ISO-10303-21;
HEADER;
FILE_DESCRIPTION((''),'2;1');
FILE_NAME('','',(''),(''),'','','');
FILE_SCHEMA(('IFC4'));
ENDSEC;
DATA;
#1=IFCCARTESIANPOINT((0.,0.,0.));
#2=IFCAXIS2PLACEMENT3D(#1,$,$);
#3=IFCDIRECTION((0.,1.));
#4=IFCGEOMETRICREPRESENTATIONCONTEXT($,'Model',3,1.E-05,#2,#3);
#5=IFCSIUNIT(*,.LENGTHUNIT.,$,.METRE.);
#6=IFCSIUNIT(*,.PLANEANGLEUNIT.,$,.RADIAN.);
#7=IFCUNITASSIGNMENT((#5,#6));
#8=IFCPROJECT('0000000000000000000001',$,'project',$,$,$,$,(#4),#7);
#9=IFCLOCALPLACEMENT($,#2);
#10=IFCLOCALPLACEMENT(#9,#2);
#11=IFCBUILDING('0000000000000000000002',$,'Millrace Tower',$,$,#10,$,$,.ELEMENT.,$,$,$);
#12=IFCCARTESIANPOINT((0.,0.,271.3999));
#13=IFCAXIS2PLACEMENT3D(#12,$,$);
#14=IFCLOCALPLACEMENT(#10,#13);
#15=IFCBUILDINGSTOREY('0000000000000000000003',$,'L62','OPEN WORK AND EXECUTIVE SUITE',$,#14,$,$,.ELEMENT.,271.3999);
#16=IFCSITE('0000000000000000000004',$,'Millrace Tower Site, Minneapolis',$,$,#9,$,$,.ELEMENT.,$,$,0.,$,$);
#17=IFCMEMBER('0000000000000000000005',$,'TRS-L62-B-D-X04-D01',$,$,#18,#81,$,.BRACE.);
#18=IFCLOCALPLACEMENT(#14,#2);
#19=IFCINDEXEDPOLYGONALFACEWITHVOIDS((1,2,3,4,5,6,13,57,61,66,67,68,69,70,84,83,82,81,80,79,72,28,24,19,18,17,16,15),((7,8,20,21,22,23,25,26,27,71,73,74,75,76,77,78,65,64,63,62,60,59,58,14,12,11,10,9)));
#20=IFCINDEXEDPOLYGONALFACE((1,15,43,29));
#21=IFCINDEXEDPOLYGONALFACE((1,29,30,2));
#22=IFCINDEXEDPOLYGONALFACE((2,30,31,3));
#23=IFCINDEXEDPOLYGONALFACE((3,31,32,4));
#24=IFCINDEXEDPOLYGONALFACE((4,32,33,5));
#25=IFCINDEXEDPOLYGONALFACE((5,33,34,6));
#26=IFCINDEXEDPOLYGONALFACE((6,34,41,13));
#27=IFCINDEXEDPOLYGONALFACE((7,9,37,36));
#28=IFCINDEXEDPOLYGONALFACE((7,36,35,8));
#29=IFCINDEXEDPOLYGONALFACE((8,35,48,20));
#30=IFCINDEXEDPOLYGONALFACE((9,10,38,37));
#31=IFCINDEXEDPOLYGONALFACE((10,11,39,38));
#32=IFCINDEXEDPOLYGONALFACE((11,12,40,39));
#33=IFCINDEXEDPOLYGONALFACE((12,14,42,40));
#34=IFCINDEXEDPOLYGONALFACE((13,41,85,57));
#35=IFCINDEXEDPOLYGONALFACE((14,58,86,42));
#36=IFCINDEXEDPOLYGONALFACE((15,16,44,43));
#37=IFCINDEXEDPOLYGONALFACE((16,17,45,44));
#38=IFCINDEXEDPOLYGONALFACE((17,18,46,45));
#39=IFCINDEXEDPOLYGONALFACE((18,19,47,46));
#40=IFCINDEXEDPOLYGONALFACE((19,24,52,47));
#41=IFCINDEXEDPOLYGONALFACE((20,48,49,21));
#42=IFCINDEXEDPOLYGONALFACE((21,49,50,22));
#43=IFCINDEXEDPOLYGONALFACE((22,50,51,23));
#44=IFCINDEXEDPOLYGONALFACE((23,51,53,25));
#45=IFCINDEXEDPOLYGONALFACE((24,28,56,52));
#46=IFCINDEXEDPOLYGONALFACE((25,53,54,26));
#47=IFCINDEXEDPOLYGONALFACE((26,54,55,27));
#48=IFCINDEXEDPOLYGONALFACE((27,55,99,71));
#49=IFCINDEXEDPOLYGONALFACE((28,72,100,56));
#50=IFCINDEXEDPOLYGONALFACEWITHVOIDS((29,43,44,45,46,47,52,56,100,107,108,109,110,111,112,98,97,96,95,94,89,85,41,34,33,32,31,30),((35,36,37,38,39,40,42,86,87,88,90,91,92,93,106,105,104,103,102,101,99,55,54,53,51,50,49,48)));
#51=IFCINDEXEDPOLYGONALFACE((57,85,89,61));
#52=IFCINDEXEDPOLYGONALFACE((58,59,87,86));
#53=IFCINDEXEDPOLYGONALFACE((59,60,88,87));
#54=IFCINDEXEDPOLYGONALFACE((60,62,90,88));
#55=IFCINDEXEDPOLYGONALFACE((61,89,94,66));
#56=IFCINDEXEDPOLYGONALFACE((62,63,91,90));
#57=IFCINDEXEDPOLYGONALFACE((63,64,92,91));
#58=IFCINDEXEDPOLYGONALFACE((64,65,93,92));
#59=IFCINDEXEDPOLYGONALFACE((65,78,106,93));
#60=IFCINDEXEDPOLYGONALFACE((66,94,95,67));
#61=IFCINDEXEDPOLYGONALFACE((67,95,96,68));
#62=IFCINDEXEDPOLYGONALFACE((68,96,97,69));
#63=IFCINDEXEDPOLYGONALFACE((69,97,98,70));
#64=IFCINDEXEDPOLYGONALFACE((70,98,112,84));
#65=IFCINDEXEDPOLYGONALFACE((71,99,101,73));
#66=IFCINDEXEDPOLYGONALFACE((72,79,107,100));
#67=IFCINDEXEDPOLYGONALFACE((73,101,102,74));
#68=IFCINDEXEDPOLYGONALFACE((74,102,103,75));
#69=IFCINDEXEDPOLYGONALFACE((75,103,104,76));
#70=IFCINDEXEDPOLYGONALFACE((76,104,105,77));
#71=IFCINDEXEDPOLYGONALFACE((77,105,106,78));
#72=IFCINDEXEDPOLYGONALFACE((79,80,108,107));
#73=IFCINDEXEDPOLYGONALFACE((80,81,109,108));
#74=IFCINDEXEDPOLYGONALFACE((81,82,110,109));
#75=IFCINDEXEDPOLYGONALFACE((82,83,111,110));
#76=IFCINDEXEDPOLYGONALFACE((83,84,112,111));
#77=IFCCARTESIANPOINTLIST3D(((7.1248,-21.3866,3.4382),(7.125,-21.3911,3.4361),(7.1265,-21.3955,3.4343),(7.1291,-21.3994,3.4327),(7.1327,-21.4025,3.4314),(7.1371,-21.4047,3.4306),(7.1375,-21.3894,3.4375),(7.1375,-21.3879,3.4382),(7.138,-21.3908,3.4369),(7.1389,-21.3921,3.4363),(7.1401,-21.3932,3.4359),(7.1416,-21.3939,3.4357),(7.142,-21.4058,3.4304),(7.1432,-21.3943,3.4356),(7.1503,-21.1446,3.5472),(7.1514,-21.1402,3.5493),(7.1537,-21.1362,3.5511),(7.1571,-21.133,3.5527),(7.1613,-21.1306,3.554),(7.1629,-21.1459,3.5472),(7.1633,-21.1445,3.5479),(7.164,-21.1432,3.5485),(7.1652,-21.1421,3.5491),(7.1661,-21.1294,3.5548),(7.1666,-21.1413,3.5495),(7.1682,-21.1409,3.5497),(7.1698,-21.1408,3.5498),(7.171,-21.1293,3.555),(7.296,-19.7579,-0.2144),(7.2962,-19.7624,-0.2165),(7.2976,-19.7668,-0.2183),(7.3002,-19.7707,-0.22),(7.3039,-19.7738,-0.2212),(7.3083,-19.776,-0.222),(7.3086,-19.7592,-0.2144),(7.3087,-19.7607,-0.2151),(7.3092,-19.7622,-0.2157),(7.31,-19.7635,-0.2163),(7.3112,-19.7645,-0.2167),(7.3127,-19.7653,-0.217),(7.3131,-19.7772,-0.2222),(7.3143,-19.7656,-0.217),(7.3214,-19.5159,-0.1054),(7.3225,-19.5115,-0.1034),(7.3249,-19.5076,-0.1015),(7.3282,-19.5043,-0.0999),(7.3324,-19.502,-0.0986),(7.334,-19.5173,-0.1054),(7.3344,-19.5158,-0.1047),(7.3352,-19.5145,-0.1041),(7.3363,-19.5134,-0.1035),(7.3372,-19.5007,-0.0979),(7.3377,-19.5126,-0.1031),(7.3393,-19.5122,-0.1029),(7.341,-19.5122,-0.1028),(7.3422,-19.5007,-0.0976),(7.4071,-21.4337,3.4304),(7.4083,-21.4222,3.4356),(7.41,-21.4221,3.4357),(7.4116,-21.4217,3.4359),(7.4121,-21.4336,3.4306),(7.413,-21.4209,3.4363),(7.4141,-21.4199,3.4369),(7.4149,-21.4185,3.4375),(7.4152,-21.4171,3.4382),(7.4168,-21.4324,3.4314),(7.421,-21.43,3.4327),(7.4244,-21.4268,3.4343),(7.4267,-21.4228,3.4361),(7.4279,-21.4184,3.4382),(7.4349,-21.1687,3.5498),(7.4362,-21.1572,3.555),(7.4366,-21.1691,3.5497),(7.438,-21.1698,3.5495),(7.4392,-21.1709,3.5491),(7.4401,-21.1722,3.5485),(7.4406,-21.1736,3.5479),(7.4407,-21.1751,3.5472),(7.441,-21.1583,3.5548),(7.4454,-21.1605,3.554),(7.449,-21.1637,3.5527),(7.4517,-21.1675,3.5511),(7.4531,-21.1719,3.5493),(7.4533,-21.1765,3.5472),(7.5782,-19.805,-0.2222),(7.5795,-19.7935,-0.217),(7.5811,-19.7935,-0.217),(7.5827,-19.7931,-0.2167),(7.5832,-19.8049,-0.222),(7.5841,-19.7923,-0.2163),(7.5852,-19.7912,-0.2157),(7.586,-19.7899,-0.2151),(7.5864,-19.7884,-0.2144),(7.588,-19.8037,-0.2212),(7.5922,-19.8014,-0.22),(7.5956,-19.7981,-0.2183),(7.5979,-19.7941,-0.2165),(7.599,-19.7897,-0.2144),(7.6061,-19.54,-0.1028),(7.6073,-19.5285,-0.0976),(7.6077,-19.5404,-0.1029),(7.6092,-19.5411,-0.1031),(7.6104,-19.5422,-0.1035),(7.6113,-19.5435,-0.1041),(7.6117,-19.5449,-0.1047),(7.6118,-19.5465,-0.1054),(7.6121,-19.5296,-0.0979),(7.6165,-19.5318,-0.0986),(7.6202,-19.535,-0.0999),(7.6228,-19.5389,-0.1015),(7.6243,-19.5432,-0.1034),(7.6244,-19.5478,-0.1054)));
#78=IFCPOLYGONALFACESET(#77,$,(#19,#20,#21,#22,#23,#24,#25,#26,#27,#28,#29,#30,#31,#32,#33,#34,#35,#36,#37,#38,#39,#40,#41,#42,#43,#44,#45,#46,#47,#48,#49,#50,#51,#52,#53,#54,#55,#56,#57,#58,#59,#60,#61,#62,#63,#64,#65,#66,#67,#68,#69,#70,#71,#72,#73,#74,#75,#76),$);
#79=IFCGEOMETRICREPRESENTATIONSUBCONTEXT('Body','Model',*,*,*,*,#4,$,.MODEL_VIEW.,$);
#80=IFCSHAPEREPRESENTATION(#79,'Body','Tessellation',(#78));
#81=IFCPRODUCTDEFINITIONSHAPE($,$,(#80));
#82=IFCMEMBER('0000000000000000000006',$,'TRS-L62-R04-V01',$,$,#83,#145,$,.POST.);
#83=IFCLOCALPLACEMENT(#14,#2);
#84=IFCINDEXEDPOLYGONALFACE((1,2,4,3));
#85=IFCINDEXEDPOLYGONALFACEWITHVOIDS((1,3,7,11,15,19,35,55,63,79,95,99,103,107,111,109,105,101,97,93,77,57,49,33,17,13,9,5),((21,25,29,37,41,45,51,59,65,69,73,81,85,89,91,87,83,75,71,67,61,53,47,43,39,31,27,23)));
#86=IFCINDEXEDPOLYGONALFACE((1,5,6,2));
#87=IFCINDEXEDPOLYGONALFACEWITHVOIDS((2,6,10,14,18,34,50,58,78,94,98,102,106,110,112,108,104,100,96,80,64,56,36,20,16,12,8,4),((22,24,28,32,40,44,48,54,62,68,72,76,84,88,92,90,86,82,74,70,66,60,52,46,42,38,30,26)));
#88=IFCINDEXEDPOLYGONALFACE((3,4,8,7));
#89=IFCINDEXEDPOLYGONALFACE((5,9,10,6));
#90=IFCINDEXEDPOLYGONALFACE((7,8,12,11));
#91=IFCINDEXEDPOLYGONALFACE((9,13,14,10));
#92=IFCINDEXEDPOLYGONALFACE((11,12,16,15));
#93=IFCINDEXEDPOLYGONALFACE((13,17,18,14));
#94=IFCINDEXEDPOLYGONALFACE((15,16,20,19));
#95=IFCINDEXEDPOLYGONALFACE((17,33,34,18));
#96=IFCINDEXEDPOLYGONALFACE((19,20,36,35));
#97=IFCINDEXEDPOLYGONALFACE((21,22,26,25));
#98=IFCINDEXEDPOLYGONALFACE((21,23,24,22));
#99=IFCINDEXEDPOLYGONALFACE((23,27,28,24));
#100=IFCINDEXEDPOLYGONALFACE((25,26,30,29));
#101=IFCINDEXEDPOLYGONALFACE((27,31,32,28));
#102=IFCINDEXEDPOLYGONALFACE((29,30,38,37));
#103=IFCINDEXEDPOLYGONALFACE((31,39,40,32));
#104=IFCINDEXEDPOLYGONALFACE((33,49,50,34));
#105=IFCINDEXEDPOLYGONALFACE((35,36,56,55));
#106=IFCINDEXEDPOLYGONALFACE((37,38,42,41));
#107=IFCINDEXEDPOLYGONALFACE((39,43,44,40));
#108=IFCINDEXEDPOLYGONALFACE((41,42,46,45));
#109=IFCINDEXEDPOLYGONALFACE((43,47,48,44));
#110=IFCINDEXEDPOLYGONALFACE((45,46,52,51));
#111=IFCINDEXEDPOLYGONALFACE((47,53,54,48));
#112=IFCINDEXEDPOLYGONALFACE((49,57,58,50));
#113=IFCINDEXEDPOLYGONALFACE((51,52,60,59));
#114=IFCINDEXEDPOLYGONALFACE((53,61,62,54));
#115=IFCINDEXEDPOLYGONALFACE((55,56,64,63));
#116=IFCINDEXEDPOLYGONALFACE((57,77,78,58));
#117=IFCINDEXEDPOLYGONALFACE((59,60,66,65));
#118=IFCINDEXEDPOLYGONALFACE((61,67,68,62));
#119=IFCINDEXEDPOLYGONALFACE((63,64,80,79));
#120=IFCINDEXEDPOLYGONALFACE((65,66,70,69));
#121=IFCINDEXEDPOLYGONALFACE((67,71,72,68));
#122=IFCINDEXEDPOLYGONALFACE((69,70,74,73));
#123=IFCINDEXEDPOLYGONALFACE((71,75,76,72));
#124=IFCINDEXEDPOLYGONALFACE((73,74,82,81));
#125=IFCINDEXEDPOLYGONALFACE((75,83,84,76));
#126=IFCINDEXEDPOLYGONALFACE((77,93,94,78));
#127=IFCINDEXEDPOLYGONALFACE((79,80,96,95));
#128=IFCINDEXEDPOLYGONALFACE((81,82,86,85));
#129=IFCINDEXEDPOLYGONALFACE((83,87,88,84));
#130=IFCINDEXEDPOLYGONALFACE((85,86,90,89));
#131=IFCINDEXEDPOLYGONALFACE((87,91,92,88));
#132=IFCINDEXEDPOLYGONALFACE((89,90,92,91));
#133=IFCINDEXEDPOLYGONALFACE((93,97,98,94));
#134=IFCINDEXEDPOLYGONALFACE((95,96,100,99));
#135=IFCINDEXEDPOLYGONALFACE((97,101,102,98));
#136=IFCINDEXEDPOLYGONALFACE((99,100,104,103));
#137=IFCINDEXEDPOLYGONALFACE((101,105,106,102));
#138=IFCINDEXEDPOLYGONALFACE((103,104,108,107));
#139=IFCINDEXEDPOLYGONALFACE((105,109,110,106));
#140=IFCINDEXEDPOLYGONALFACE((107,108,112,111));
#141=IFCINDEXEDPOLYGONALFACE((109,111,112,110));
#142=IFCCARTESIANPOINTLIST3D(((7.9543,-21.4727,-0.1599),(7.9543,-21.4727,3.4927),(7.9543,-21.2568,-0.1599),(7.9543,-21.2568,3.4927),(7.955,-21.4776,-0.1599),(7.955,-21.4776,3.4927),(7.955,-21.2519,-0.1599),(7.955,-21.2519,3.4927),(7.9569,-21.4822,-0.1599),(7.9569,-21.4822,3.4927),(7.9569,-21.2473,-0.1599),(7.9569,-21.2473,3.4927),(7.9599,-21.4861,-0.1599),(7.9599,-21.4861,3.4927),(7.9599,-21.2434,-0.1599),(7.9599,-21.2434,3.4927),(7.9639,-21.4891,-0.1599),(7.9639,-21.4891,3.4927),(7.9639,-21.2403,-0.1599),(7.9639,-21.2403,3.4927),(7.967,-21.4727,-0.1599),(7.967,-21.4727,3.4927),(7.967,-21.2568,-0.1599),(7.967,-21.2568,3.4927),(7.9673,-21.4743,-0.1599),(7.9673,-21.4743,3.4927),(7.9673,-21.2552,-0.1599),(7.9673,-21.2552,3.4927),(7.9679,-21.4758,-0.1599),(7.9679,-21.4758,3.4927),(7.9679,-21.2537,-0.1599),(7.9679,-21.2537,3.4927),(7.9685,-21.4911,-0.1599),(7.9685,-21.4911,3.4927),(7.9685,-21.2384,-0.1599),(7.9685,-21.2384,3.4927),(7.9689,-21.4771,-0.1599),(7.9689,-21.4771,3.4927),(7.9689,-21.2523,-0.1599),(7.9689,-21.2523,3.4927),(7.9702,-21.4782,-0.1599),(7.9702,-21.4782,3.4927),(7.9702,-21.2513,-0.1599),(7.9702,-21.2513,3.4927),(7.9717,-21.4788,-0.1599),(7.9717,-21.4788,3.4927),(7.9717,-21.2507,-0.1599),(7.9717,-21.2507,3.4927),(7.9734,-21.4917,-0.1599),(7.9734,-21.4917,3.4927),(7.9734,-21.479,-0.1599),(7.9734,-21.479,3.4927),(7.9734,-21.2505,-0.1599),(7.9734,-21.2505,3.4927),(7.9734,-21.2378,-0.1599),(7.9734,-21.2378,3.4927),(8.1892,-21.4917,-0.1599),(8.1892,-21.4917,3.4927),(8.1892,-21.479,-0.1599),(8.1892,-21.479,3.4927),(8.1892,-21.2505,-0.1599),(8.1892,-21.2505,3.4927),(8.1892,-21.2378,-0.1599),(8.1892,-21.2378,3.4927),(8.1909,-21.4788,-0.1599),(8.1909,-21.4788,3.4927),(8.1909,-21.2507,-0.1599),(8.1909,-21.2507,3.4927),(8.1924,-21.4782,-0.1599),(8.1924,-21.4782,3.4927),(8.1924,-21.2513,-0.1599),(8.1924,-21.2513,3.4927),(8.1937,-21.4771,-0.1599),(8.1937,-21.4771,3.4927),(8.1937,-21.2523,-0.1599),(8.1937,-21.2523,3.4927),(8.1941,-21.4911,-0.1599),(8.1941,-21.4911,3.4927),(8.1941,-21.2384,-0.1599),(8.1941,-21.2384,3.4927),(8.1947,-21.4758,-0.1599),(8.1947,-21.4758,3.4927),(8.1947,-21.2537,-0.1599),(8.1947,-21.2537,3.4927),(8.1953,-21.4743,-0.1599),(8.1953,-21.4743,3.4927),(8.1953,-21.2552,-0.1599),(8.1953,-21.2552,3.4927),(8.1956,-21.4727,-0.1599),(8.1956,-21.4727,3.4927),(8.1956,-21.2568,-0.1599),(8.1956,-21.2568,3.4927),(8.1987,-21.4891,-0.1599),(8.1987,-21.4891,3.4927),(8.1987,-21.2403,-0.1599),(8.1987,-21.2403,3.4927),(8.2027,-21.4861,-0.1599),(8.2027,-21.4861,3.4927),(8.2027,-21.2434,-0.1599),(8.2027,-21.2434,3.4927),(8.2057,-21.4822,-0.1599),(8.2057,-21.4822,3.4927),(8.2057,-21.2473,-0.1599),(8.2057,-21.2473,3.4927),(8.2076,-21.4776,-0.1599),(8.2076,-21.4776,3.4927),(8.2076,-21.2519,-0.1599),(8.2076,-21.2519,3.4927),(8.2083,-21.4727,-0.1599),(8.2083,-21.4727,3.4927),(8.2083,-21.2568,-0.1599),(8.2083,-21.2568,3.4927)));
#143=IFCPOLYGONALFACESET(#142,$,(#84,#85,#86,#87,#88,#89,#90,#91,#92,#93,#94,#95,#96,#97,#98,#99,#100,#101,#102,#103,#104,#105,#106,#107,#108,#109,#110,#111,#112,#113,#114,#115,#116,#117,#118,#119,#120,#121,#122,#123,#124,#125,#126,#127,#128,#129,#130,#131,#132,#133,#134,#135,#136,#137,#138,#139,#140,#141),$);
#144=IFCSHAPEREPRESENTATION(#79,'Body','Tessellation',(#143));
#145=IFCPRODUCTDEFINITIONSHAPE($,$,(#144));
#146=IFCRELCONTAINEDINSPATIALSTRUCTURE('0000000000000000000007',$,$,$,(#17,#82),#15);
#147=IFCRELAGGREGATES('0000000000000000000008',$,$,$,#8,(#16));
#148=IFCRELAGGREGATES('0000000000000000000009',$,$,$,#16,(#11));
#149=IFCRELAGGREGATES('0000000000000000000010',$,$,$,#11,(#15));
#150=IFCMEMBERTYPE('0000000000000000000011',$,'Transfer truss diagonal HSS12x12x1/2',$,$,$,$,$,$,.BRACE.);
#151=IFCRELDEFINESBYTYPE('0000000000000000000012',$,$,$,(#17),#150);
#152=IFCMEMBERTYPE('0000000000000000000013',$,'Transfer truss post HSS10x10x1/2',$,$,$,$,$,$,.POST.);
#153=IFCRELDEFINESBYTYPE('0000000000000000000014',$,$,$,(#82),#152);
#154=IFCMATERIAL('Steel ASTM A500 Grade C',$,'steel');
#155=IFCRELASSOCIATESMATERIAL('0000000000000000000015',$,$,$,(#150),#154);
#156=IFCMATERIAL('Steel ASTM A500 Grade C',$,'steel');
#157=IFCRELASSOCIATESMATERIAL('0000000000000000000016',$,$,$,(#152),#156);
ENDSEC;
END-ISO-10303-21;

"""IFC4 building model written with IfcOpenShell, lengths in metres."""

from ifc_helpers import new_model, si_unit, direction, frame, origin, origin_2d, place, context, subcontext, project, spatial, hollow_rectangle, extrude, material, material_profile, profile_set, type_object, element, save


model = new_model("IFC4")

# Units and contexts
model_context = context("Model", 3, precision=1e-05, world=origin(), true_north=direction((0.0, 1.0)))
body_context = subcontext(model_context, "Body", "Model", "MODEL_VIEW")
ifc_project = project(units=[si_unit("LENGTHUNIT", "METRE"), si_unit("PLANEANGLEUNIT", "RADIAN")], contexts=[model_context])

# Site, building, storey
site_placement = place(None, origin())
site = spatial("IfcSite", under=ifc_project, at=site_placement, Name="Millrace Tower Site, Minneapolis", CompositionType="ELEMENT", RefElevation=0.0)
building_placement = place(site_placement, origin())
building = spatial("IfcBuilding", under=site, at=building_placement, Name="Millrace Tower", CompositionType="ELEMENT")
storey_placement = place(building_placement, frame((0.0, 0.0, 271.3999)))
storey = spatial("IfcBuildingStorey", under=building, at=storey_placement, Name="L62", Description="OPEN WORK AND EXECUTIVE SUITE", CompositionType="ELEMENT", Elevation=271.3999)

# Members
ifc_material_1 = material(Name="Steel ASTM A500 Grade C", Category="steel")
ifc_material_profile_1 = material_profile(ifc_material_1, hollow_rectangle(XDim=0.3047, YDim=0.3047, WallThickness=0.0127, InnerFilletRadius=0.0063, OuterFilletRadius=0.019, at=origin_2d()))
ifc_profile_set_1 = profile_set([ifc_material_profile_1], Name="Steel ASTM A500 Grade C")
member_type_1 = type_object("IfcMemberType", Name="Transfer truss diagonal HSS12x12x1/2", PredefinedType="BRACE", material=ifc_profile_set_1)
member_1_placement = place(storey_placement, frame((7.4602, -19.6528, -0.1599), z_axis=(-0.042755, -0.40687, 0.912485), x_axis=(0.994524, -0.104506, 0.0)))
element("IfcMember", 1, at=member_1_placement, inside=storey, type_object=member_type_1, Name="TRS-L62-B-D-X04-D01", PredefinedType="BRACE", context=body_context, shape_type="SweptSolid", body=[
    extrude(hollow_rectangle(XDim=0.3047, YDim=0.3047, WallThickness=0.0127, InnerFilletRadius=0.0063, OuterFilletRadius=0.019, at=origin_2d()), origin(), (0.0, 0.0, 1.0), 4.0029),
])
ifc_material_2 = material(Name="Steel ASTM A500 Grade C", Category="steel")
ifc_material_profile_2 = material_profile(ifc_material_2, hollow_rectangle(XDim=0.2539, YDim=0.2539, WallThickness=0.0127, InnerFilletRadius=0.0063, OuterFilletRadius=0.019, at=origin_2d()))
ifc_profile_set_2 = profile_set([ifc_material_profile_2], Name="Steel ASTM A500 Grade C")
member_type_2 = type_object("IfcMemberType", Name="Transfer truss post HSS10x10x1/2", PredefinedType="POST", material=ifc_profile_set_2)
for number, where, z_axis, x_axis, name in (
    (2, (8.0813, -21.3647, -0.1599), (0.0, 0.0, 1.0), (1.0, 0.0, 0.0), "TRS-L62-R04-V01"),
):
    element("IfcMember", number, at=place(storey_placement, frame(where, z_axis=z_axis, x_axis=x_axis)), inside=storey, type_object=member_type_2, Name=name, PredefinedType="POST", context=body_context, shape_type="SweptSolid", body=[
        extrude(hollow_rectangle(XDim=0.2539, YDim=0.2539, WallThickness=0.0127, InnerFilletRadius=0.0063, OuterFilletRadius=0.019, at=origin_2d()), origin(), (0.0, 0.0, 1.0), 3.6526),
    ])

save(model, "model.ifc")
